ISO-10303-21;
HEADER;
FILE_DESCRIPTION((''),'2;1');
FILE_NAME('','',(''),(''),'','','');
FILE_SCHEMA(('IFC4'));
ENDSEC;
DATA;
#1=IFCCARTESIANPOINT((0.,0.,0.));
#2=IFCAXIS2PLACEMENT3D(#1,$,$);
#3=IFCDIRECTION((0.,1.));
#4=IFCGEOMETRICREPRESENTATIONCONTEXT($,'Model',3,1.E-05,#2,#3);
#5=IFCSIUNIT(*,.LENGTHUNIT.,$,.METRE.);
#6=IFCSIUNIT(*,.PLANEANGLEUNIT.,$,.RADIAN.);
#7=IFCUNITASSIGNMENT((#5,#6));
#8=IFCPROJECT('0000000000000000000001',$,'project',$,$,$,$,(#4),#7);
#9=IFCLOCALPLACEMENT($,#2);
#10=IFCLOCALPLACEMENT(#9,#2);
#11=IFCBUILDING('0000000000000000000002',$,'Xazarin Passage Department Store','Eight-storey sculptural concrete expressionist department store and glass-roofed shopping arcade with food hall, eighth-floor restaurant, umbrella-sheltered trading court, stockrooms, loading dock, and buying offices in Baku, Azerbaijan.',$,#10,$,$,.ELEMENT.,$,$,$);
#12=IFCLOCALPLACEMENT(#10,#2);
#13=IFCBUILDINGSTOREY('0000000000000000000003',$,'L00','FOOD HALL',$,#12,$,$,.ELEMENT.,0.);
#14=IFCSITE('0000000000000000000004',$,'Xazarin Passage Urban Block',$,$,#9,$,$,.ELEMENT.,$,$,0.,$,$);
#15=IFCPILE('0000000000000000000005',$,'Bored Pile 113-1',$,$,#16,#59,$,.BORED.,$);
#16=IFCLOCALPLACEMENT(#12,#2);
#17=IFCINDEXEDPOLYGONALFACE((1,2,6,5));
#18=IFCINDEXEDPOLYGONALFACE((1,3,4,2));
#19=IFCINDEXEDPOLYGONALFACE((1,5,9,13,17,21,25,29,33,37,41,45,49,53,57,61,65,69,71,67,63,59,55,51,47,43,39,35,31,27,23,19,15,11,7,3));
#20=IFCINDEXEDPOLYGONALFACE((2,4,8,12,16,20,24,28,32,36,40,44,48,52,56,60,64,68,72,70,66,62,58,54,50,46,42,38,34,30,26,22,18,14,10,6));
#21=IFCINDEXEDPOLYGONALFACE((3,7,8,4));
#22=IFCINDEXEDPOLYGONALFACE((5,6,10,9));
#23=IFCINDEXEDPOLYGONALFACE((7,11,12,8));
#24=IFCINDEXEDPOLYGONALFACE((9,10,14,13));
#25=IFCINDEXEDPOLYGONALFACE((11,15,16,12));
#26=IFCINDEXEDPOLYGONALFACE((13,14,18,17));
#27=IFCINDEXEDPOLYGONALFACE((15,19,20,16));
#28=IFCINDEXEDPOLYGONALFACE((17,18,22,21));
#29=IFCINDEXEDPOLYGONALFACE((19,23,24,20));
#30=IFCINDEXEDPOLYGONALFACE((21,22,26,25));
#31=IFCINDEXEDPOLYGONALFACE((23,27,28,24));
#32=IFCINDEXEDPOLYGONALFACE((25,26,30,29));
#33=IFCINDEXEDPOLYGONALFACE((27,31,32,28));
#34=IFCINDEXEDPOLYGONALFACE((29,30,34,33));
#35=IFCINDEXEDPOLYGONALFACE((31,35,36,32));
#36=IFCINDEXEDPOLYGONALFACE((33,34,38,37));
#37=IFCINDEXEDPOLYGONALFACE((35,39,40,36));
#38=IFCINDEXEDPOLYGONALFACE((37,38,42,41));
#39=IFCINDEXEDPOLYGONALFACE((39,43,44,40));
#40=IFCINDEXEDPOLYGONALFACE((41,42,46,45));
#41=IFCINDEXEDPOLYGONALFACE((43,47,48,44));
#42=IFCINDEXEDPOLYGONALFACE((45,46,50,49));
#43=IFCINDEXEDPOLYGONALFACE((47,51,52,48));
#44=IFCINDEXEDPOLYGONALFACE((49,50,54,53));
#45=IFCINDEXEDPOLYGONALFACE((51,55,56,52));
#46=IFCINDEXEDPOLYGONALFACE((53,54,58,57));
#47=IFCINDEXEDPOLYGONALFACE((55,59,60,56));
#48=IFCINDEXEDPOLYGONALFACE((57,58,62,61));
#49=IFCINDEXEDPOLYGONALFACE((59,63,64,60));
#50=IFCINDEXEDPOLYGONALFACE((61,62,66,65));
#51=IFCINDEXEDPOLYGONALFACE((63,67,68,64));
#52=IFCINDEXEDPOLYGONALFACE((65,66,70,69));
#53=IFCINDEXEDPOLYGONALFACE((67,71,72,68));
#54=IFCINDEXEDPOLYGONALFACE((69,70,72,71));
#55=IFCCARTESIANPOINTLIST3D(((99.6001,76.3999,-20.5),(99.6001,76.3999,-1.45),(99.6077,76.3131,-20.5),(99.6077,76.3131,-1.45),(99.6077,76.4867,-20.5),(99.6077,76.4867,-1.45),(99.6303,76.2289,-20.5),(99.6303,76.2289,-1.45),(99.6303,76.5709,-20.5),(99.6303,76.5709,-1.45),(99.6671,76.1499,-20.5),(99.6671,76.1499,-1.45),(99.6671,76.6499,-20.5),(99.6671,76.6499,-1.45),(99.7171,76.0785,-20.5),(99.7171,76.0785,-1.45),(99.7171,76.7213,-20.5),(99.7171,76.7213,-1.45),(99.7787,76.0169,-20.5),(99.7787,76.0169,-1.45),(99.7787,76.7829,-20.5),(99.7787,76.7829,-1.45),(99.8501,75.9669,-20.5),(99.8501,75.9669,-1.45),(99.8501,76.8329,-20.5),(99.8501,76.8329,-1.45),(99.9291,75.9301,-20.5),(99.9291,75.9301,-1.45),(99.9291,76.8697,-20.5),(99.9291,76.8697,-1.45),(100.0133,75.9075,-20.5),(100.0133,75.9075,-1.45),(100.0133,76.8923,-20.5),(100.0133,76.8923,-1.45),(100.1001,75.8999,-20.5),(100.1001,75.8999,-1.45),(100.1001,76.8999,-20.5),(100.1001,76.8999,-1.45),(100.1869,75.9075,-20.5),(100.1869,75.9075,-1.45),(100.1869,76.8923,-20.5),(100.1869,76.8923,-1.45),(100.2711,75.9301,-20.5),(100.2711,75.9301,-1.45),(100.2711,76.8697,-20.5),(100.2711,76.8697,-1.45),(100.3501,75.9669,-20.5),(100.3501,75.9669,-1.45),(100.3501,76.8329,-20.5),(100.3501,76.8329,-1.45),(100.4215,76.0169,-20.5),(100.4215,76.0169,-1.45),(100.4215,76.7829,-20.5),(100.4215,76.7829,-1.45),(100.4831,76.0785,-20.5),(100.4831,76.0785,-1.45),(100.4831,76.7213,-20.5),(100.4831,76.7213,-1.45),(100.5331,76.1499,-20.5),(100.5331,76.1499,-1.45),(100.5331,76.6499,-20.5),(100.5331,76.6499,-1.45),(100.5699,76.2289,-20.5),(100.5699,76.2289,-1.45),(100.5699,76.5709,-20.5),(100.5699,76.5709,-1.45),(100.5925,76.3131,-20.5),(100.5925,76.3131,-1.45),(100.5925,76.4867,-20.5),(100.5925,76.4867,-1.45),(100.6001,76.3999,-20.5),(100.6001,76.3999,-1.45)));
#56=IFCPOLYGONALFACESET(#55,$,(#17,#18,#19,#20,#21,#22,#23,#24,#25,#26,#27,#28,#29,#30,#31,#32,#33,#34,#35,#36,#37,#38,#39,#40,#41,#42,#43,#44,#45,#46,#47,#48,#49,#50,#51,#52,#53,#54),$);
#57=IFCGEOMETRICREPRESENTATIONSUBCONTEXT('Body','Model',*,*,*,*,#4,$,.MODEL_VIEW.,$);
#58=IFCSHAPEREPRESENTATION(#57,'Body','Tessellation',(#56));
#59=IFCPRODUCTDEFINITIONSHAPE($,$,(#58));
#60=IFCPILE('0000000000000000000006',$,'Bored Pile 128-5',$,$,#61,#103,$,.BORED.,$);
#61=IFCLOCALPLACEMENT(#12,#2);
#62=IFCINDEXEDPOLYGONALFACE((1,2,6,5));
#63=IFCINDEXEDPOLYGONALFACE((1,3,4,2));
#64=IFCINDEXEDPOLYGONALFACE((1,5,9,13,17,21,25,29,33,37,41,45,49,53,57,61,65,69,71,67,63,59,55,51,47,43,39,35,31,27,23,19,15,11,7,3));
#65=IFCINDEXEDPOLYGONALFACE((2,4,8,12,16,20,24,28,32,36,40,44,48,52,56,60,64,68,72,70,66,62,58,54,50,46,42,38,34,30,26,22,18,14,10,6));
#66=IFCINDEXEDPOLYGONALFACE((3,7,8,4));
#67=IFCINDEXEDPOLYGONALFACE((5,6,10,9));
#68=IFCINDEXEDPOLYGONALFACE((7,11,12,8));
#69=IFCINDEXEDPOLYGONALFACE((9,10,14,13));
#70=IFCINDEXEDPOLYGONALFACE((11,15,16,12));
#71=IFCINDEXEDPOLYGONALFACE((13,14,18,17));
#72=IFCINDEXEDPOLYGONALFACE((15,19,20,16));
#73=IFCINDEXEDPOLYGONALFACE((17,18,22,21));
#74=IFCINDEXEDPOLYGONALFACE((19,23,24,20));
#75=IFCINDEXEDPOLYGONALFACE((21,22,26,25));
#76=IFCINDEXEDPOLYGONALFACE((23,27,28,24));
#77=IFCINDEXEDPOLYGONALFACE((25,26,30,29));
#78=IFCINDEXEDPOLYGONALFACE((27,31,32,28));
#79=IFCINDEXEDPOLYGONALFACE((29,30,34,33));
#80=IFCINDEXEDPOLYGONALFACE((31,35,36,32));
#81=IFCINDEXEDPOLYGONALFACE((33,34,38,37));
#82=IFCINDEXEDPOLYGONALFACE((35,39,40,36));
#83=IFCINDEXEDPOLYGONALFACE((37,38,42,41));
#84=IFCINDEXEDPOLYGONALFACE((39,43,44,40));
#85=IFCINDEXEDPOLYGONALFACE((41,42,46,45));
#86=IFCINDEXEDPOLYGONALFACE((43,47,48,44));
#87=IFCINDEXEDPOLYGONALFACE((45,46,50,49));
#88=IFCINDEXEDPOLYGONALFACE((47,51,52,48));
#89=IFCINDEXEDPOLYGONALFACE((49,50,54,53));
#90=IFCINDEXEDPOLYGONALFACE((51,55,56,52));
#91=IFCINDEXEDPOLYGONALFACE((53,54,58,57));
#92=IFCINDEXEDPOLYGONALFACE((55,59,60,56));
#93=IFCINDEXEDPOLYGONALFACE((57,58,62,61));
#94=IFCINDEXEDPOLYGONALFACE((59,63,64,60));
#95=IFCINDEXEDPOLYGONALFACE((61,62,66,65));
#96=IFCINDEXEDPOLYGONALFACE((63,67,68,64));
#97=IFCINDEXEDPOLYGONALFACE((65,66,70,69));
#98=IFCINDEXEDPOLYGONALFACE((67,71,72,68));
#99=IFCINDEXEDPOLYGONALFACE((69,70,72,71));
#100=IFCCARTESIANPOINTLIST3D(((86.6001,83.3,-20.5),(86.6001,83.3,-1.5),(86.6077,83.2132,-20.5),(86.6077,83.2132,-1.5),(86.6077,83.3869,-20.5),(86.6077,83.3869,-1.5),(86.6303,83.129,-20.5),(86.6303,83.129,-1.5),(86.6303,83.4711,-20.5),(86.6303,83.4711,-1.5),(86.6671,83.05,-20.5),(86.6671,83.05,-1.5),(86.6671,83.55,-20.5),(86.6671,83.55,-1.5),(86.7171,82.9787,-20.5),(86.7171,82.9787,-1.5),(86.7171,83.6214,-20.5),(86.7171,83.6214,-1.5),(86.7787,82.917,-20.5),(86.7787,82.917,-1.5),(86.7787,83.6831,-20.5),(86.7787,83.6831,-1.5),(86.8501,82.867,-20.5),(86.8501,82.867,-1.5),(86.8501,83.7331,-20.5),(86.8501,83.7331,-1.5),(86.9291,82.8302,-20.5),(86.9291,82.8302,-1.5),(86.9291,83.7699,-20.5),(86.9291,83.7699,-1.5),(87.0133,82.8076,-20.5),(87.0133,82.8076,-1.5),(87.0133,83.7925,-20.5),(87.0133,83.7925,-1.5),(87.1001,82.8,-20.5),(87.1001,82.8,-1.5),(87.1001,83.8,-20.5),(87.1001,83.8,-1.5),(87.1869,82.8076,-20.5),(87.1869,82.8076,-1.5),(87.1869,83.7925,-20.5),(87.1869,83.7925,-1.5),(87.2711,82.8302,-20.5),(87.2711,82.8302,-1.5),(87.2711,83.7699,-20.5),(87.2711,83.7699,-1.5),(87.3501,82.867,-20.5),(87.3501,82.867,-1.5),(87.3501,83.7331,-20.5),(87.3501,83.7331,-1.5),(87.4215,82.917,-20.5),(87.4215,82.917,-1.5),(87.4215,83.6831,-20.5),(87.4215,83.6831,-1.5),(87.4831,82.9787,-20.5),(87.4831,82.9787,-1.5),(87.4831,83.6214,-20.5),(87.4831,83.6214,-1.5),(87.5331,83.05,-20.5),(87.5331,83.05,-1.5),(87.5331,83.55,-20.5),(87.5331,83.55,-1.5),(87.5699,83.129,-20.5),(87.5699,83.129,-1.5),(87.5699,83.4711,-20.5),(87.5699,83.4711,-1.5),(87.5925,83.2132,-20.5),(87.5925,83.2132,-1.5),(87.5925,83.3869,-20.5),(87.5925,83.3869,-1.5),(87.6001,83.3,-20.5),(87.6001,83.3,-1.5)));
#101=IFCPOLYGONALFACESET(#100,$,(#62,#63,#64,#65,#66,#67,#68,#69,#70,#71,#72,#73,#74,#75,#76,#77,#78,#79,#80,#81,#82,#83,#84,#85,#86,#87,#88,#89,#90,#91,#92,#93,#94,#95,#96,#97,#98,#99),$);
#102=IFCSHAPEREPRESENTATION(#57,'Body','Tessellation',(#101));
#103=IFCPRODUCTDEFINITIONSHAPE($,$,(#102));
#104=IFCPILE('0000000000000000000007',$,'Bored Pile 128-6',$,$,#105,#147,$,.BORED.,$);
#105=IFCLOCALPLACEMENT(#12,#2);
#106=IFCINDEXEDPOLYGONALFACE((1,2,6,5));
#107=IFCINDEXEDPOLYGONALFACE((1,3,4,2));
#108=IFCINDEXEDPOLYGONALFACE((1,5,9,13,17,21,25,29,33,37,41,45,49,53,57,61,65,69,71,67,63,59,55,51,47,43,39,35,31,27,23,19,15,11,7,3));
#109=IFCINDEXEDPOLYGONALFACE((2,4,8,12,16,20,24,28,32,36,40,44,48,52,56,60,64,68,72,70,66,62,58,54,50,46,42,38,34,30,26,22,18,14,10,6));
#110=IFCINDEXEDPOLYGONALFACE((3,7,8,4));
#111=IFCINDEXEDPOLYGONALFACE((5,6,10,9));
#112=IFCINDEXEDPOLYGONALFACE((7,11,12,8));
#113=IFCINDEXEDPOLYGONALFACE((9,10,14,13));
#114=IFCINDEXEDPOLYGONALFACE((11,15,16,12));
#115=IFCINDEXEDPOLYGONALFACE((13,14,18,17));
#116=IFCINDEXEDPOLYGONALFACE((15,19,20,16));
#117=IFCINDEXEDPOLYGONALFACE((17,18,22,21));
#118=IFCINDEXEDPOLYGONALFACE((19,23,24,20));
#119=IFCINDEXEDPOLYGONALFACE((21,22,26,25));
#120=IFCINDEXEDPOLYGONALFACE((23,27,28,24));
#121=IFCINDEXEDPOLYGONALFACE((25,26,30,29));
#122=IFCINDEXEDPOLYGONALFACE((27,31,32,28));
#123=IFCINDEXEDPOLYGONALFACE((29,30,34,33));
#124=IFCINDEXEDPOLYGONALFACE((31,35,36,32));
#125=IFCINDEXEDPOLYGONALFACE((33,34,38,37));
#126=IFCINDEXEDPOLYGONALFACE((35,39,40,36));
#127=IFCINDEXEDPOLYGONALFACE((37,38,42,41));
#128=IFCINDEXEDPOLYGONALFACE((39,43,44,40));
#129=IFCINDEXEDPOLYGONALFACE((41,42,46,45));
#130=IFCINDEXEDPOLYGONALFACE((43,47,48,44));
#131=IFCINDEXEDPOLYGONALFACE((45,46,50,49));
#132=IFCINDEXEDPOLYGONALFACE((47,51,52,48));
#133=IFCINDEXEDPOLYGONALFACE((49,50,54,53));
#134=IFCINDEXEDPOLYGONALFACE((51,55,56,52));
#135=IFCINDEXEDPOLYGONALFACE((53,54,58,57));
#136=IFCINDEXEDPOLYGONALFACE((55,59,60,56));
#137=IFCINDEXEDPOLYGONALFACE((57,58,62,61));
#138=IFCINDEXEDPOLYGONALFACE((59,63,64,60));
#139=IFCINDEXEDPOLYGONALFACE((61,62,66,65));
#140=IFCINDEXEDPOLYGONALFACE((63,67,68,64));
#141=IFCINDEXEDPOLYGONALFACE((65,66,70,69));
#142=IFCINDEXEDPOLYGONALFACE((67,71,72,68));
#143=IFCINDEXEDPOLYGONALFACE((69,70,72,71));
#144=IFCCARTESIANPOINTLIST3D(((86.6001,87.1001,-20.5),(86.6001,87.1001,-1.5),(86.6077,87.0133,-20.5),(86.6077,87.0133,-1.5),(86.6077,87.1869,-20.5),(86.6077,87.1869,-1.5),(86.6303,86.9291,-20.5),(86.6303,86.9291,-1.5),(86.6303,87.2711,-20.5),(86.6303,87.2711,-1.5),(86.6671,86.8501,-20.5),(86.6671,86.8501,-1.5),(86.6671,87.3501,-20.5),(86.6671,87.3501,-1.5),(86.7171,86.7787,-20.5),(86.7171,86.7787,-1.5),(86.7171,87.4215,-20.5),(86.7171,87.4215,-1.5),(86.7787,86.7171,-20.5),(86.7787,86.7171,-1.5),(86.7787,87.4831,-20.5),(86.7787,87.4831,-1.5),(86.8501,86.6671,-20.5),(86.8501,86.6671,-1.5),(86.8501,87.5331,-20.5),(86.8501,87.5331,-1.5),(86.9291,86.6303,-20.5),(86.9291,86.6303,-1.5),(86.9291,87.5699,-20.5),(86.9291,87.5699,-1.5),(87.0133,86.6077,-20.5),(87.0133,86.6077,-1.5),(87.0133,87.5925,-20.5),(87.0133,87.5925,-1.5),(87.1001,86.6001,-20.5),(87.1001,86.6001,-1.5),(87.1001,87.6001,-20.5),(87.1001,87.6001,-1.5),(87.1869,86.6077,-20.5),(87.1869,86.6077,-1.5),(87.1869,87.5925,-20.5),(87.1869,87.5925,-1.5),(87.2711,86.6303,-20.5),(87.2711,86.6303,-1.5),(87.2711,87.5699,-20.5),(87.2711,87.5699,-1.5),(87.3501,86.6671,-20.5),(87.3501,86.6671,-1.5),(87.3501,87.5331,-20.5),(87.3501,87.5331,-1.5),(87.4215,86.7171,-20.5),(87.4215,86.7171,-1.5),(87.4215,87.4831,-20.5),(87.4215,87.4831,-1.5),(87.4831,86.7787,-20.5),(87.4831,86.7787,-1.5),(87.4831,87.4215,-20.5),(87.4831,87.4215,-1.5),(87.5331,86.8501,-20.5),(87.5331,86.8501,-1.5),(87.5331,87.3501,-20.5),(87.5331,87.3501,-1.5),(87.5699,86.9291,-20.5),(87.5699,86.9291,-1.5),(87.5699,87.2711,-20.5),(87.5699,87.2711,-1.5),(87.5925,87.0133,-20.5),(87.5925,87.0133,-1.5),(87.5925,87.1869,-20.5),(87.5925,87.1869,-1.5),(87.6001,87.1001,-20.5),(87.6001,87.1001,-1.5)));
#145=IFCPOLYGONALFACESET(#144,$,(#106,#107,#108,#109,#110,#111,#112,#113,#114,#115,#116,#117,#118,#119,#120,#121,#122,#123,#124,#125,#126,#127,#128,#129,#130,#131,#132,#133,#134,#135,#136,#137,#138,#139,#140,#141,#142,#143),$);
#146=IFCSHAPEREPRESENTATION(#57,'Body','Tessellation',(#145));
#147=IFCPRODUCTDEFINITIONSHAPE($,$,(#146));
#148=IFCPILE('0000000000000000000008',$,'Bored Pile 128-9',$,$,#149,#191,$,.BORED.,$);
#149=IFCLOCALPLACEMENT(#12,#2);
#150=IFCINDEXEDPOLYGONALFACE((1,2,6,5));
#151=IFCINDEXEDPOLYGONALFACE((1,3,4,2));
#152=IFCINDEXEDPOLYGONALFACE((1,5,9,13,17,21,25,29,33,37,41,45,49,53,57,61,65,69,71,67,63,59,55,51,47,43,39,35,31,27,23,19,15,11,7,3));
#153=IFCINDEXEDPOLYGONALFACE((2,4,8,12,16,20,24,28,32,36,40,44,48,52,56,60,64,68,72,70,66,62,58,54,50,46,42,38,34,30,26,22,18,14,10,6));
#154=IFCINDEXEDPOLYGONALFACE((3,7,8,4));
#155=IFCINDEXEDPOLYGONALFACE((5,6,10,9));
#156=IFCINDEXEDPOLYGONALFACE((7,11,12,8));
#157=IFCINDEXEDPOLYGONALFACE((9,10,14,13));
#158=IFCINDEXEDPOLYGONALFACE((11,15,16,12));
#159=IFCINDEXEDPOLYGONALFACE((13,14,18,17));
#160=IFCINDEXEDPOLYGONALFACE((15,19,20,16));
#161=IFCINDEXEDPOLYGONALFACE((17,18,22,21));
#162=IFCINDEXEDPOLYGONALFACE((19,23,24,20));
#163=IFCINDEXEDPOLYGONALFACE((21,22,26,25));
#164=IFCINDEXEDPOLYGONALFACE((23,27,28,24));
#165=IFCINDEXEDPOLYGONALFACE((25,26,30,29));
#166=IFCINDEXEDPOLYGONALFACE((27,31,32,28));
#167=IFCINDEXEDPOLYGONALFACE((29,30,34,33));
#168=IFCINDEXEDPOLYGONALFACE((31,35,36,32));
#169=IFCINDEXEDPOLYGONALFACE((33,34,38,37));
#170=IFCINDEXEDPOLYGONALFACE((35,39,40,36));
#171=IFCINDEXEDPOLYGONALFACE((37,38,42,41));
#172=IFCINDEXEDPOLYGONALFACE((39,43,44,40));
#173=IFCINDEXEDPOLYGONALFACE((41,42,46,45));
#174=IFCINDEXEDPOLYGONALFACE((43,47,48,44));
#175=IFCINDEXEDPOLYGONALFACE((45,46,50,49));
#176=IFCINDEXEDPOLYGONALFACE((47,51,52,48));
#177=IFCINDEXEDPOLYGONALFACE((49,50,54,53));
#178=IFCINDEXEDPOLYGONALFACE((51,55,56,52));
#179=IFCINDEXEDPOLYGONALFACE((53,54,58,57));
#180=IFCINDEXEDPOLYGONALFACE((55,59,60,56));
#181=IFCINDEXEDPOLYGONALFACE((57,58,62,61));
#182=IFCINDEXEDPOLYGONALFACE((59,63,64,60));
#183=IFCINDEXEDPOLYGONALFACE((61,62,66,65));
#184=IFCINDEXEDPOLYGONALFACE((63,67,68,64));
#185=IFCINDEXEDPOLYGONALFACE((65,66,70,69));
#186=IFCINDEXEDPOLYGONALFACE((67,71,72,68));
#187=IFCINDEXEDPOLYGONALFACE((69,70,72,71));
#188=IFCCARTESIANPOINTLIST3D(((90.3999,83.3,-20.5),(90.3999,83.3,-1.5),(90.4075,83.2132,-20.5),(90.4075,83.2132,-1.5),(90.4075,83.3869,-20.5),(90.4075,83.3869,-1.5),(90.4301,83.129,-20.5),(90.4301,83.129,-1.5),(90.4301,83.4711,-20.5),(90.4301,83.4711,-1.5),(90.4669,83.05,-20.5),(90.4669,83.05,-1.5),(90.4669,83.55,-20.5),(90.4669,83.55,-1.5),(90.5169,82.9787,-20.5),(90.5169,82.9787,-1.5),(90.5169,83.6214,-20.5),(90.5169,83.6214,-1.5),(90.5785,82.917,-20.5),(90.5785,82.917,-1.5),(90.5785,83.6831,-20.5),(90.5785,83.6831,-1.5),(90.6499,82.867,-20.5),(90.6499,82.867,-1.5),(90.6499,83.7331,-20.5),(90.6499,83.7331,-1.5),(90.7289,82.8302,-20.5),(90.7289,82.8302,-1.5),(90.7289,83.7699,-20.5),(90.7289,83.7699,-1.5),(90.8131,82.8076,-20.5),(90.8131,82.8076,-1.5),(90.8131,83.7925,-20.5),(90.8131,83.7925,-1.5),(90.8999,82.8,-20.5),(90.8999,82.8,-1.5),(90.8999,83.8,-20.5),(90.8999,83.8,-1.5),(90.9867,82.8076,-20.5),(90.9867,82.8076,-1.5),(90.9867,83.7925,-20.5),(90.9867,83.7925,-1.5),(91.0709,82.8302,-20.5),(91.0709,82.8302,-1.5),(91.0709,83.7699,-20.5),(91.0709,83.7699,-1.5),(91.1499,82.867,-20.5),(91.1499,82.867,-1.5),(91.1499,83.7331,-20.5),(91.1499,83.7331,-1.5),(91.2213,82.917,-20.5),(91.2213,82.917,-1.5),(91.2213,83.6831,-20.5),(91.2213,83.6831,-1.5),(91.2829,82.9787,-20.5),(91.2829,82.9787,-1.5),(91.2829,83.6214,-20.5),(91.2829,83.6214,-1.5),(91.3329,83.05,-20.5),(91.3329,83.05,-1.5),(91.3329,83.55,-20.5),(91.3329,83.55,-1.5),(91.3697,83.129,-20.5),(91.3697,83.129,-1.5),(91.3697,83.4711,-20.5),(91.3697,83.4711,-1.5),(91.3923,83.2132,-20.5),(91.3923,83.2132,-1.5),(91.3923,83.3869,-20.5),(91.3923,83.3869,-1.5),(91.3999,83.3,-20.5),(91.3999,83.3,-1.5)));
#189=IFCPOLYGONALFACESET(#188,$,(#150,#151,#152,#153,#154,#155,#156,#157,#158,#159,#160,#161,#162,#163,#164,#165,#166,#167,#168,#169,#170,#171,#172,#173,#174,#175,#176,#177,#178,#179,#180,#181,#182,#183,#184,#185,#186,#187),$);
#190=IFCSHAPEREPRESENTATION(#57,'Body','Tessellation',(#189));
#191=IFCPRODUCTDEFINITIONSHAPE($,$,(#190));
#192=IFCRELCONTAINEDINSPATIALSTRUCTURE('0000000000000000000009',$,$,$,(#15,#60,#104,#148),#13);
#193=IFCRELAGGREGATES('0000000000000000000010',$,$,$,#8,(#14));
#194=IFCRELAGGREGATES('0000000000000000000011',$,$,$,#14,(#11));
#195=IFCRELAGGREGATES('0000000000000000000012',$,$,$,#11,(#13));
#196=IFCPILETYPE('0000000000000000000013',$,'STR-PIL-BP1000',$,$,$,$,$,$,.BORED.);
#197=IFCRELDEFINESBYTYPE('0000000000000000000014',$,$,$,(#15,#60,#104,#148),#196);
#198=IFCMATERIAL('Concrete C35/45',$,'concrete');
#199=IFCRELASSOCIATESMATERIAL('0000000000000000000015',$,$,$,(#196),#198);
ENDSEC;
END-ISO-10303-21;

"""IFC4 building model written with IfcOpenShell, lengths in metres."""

from ifc_helpers import new_model, si_unit, direction, frame, origin, origin_2d, place, context, subcontext, project, spatial, circle, extrude, material, material_profile, profile_set, type_object, element, save


model = new_model("IFC4")

# Units and contexts
model_context = context("Model", 3, precision=1e-05, world=origin(), true_north=direction((0.0, 1.0)))
body_context = subcontext(model_context, "Body", "Model", "MODEL_VIEW")
ifc_project = project(units=[si_unit("LENGTHUNIT", "METRE"), si_unit("PLANEANGLEUNIT", "RADIAN")], contexts=[model_context])

# Site, building, storey
site_placement = place(None, origin())
site = spatial("IfcSite", under=ifc_project, at=site_placement, Name="Xazarin Passage Urban Block", CompositionType="ELEMENT", RefElevation=0.0)
building_placement = place(site_placement, origin())
building = spatial("IfcBuilding", under=site, at=building_placement, Name="Xazarin Passage Department Store", Description="Eight-storey sculptural concrete expressionist department store and glass-roofed shopping arcade with food hall, eighth-floor restaurant, umbrella-sheltered trading court, stockrooms, loading dock, and buying offices in Baku, Azerbaijan.", CompositionType="ELEMENT")
storey_placement = place(building_placement, origin())
storey = spatial("IfcBuildingStorey", under=building, at=storey_placement, Name="L00", Description="FOOD HALL", CompositionType="ELEMENT", Elevation=0.0)

# Shared definitions
ifc_material_1 = material(Name="Concrete C35/45", Category="concrete")

# Piles
ifc_material_profile_1 = material_profile(ifc_material_1, circle(Radius=0.5, at=origin_2d()), Name="BP 1000")
ifc_profile_set_1 = profile_set([ifc_material_profile_1], Name="Concrete C35/45")
pile_type = type_object("IfcPileType", Name="STR-PIL-BP1000", PredefinedType="BORED", material=ifc_profile_set_1)
pile_placement = place(storey_placement, frame((100.1001, 76.3999, -1.45), z_axis=(0.0, 0.0, -1.0), x_axis=(1.0, 0.0, 0.0)))
element("IfcPile", 1, at=pile_placement, inside=storey, type_object=pile_type, Name="Bored Pile 113-1", PredefinedType="BORED", context=body_context, shape_type="SweptSolid", body=[
    extrude(circle(Radius=0.5, at=origin_2d()), origin(), (0.0, 0.0, 1.0), 19.05),
])
for number, where, z_axis, x_axis, name in (
    (2, (87.1001, 83.3, -1.5), (0.0, 0.0, -1.0), (1.0, 0.0, 0.0), "Bored Pile 128-5"),
    (3, (87.1001, 87.1001, -1.5), (0.0, 0.0, -1.0), (1.0, 0.0, 0.0), "Bored Pile 128-6"),
    (4, (90.8999, 83.3, -1.5), (0.0, 0.0, -1.0), (1.0, 0.0, 0.0), "Bored Pile 128-9"),
):
    element("IfcPile", number, at=place(storey_placement, frame(where, z_axis=z_axis, x_axis=x_axis)), inside=storey, type_object=pile_type, Name=name, PredefinedType="BORED", context=body_context, shape_type="SweptSolid", body=[
        extrude(circle(Radius=0.5, at=origin_2d()), origin(), (0.0, 0.0, 1.0), 19.0),
    ])

save(model, "model.ifc")
